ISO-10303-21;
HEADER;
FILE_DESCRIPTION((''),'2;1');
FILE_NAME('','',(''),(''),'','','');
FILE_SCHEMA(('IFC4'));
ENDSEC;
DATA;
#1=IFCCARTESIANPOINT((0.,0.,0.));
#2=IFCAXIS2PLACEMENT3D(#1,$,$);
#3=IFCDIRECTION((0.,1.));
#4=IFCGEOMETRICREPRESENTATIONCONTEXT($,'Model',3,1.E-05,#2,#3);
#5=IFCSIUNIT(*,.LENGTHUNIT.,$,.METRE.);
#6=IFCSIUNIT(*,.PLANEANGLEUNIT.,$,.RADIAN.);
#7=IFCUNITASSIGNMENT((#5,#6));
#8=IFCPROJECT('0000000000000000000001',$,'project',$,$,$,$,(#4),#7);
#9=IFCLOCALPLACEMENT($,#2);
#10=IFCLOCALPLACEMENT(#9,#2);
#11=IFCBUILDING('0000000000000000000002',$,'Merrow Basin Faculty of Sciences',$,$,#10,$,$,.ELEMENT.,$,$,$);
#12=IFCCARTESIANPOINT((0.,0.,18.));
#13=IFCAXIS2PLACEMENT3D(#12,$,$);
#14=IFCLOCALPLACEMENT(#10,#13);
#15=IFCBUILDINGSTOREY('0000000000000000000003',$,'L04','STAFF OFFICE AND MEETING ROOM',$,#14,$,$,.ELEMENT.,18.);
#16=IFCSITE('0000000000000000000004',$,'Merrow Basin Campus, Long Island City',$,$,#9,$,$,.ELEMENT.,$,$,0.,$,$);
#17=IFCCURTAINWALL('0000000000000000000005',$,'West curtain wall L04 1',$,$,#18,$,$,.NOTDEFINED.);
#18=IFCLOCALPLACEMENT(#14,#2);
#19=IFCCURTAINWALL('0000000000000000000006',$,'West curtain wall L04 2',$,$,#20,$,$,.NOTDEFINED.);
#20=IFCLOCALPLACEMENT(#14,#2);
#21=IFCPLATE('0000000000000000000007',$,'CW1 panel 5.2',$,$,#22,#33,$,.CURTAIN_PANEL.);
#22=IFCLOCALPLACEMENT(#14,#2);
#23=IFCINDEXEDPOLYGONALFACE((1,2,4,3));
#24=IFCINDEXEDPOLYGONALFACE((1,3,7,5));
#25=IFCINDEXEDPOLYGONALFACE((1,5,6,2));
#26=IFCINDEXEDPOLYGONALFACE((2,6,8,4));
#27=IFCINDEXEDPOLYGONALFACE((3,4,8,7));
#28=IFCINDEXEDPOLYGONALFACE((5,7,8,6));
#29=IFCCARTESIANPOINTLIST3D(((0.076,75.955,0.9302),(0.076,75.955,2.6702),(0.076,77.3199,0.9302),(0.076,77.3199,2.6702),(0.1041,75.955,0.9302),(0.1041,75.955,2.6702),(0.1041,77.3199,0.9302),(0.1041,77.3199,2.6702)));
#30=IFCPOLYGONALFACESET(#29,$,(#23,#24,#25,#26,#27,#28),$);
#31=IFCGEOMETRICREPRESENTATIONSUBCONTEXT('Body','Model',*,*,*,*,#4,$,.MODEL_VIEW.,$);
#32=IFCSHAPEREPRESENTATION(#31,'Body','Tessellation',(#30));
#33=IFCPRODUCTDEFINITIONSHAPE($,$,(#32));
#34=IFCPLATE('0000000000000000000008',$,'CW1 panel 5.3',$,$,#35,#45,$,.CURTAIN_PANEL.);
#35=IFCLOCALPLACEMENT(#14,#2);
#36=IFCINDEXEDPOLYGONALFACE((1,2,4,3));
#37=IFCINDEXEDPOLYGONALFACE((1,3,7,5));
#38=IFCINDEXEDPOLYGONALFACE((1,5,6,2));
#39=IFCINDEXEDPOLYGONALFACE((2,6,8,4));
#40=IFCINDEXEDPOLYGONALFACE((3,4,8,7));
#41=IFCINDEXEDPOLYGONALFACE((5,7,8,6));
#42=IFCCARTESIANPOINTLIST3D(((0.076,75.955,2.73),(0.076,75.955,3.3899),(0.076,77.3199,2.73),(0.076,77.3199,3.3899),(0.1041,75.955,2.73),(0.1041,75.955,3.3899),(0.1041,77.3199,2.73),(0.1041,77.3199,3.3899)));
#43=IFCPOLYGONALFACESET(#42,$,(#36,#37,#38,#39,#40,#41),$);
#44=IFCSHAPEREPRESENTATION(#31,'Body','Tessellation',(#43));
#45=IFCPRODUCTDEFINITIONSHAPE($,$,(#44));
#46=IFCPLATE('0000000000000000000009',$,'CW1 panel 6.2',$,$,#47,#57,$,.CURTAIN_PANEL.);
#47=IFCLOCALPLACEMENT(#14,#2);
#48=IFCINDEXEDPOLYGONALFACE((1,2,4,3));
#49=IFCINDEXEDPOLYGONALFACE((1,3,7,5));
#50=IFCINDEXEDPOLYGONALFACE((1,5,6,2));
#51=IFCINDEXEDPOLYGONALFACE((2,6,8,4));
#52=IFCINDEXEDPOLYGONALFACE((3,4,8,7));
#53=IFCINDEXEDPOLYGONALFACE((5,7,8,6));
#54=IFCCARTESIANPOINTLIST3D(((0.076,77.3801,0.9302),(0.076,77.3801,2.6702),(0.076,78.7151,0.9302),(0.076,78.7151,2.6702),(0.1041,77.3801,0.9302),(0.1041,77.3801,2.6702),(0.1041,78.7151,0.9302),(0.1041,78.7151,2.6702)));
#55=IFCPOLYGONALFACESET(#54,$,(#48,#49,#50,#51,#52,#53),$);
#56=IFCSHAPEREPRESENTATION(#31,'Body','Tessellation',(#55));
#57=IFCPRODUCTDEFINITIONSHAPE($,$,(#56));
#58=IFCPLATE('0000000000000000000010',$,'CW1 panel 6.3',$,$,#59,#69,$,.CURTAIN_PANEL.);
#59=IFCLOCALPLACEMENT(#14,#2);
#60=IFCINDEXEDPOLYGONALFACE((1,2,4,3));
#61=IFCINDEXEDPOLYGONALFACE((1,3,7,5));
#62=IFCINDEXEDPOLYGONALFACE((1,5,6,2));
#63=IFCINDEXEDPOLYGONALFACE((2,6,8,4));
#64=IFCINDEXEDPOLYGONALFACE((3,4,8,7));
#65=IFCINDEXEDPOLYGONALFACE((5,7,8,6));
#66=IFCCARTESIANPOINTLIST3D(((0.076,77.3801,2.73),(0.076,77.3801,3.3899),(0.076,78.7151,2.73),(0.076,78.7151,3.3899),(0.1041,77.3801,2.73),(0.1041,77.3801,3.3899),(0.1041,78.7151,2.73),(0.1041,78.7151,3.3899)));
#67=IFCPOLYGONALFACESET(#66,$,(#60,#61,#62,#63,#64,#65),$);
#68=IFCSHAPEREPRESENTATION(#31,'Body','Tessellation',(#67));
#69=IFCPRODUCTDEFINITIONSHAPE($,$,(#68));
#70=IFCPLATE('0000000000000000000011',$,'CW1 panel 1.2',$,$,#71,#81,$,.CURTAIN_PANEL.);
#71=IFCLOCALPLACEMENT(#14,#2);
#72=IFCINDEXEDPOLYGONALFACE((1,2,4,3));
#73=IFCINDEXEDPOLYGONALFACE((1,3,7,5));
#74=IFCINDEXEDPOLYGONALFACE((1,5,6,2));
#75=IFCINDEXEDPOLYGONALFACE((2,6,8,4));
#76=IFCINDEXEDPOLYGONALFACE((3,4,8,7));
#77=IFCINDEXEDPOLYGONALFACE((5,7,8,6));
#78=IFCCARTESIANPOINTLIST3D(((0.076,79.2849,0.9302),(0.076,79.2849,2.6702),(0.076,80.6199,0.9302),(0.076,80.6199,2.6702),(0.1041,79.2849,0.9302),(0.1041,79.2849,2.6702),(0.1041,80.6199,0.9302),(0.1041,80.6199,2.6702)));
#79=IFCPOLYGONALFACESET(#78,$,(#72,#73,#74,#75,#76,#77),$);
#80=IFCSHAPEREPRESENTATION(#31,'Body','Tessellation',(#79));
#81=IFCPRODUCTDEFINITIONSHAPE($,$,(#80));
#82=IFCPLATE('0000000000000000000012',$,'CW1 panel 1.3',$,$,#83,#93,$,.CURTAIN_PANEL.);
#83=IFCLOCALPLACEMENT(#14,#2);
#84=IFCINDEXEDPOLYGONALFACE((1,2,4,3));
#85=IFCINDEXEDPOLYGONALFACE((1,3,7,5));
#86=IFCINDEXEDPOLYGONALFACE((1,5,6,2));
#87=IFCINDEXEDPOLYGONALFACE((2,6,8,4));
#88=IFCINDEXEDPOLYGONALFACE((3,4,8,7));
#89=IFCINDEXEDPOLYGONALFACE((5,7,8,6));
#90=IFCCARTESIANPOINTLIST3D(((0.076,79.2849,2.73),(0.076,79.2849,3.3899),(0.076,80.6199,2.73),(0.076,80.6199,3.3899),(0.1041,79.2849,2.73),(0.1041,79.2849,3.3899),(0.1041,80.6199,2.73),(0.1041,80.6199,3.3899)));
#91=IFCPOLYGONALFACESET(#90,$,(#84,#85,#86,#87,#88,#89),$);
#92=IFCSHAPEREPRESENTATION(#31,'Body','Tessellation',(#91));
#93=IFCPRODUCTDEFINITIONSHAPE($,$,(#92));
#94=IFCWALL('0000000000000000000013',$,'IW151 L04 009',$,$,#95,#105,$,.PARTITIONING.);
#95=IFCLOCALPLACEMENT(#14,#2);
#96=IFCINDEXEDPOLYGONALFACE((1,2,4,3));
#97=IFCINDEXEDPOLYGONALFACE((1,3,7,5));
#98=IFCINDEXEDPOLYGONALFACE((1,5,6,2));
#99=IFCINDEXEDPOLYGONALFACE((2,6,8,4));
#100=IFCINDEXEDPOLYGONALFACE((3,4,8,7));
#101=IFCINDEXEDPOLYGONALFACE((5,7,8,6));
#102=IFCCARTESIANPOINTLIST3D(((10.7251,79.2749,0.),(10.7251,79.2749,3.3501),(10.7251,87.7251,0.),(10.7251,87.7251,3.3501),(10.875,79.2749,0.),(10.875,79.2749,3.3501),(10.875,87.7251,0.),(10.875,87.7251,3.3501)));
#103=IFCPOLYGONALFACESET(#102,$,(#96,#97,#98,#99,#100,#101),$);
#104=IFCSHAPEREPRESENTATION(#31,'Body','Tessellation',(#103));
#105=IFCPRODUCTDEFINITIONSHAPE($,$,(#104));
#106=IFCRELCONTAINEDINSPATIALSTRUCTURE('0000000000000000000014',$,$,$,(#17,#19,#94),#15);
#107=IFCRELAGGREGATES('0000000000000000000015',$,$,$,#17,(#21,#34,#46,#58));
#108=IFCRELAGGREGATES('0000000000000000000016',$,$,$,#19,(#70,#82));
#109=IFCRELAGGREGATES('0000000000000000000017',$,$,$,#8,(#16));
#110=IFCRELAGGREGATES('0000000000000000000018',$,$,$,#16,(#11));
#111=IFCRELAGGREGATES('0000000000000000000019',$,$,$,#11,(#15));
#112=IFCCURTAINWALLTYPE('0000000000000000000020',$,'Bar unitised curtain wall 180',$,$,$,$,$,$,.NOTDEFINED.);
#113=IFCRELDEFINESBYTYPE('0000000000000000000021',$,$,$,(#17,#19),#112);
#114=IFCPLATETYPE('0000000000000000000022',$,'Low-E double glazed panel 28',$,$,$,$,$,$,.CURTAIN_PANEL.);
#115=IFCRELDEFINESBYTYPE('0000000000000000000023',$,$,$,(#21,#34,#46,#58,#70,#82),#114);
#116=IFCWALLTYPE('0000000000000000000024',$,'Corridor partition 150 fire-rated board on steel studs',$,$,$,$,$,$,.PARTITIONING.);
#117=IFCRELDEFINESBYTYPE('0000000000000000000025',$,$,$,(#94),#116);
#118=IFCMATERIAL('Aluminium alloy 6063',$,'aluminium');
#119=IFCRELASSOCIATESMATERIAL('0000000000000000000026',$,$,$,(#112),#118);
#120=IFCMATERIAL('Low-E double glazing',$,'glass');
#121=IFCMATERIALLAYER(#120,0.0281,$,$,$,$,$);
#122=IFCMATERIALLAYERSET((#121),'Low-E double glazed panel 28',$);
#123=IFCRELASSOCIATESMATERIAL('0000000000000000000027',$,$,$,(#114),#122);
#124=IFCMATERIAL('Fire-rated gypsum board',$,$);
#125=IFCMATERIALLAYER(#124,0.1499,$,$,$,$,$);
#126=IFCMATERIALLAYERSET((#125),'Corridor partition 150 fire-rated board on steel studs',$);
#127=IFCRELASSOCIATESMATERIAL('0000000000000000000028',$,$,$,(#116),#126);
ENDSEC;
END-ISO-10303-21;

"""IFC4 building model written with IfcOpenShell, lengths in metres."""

from ifc_helpers import new_model, si_unit, direction, frame, frame_2d, origin, origin_2d, place, context, subcontext, project, spatial, rectangle, extrude, material, layer, layer_set, type_object, element, aggregate, save


model = new_model("IFC4")

# Units and contexts
model_context = context("Model", 3, precision=1e-05, world=origin(), true_north=direction((0.0, 1.0)))
body_context = subcontext(model_context, "Body", "Model", "MODEL_VIEW")
ifc_project = project(units=[si_unit("LENGTHUNIT", "METRE"), si_unit("PLANEANGLEUNIT", "RADIAN")], contexts=[model_context])

# Site, building, storey
site_placement = place(None, origin())
site = spatial("IfcSite", under=ifc_project, at=site_placement, Name="Merrow Basin Campus, Long Island City", CompositionType="ELEMENT", RefElevation=0.0)
building_placement = place(site_placement, origin())
building = spatial("IfcBuilding", under=site, at=building_placement, Name="Merrow Basin Faculty of Sciences", CompositionType="ELEMENT")
storey_placement = place(building_placement, frame((0.0, 0.0, 18.0)))
storey = spatial("IfcBuildingStorey", under=building, at=storey_placement, Name="L04", Description="STAFF OFFICE AND MEETING ROOM", CompositionType="ELEMENT", Elevation=18.0)

# Curtain walls
ifc_material_1 = material(Name="Aluminium alloy 6063", Category="aluminium")
curtain_wall_type = type_object("IfcCurtainWallType", Name="Bar unitised curtain wall 180", PredefinedType="NOTDEFINED", material=ifc_material_1)
curtain_wall_1_placement = place(storey_placement, origin())
curtain_wall_1 = element("IfcCurtainWall", 1, at=curtain_wall_1_placement, inside=storey, type_object=curtain_wall_type, Name="West curtain wall L04 1", PredefinedType="NOTDEFINED")
curtain_wall_2_placement = place(storey_placement, origin())
curtain_wall_2 = element("IfcCurtainWall", 2, at=curtain_wall_2_placement, inside=storey, type_object=curtain_wall_type, Name="West curtain wall L04 2", PredefinedType="NOTDEFINED")

# Plates
ifc_material_2 = material(Name="Low-E double glazing", Category="glass")
ifc_layer_1 = layer(ifc_material_2, 0.0281)
ifc_layer_set_1 = layer_set([ifc_layer_1], Name="Low-E double glazed panel 28")
plate_type_1 = type_object("IfcPlateType", Name="Low-E double glazed panel 28", PredefinedType="CURTAIN_PANEL", material=ifc_layer_set_1)
plate_1_placement = place(storey_placement, frame((0.0901, 76.6375, 0.9302), z_axis=(0.0, 0.0, 1.0), x_axis=(0.0, 1.0, 0.0)))
plate_1 = element("IfcPlate", 3, at=plate_1_placement, type_object=plate_type_1, Name="CW1 panel 5.2", PredefinedType="CURTAIN_PANEL", context=body_context, shape_type="SweptSolid", body=[
    extrude(rectangle(XDim=1.365, YDim=0.0281, at=origin_2d()), origin(), (0.0, 0.0, 1.0), 1.74),
])
plate_2_placement = place(storey_placement, frame((0.0901, 76.6375, 2.73), z_axis=(0.0, 0.0, 1.0), x_axis=(0.0, 1.0, 0.0)))
plate_2 = element("IfcPlate", 4, at=plate_2_placement, type_object=plate_type_1, Name="CW1 panel 5.3", PredefinedType="CURTAIN_PANEL", context=body_context, shape_type="SweptSolid", body=[
    extrude(rectangle(XDim=1.365, YDim=0.0281, at=origin_2d()), origin(), (0.0, 0.0, 1.0), 0.6599),
])
plate_3_placement = place(storey_placement, frame((0.0901, 78.0476, 0.9302), z_axis=(0.0, 0.0, 1.0), x_axis=(0.0, 1.0, 0.0)))
plate_3 = element("IfcPlate", 5, at=plate_3_placement, type_object=plate_type_1, Name="CW1 panel 6.2", PredefinedType="CURTAIN_PANEL", context=body_context, shape_type="SweptSolid", body=[
    extrude(rectangle(XDim=1.335, YDim=0.0281, at=origin_2d()), origin(), (0.0, 0.0, 1.0), 1.74),
])
plate_4_placement = place(storey_placement, frame((0.0901, 78.0476, 2.73), z_axis=(0.0, 0.0, 1.0), x_axis=(0.0, 1.0, 0.0)))
plate_4 = element("IfcPlate", 6, at=plate_4_placement, type_object=plate_type_1, Name="CW1 panel 6.3", PredefinedType="CURTAIN_PANEL", context=body_context, shape_type="SweptSolid", body=[
    extrude(rectangle(XDim=1.335, YDim=0.0281, at=origin_2d()), origin(), (0.0, 0.0, 1.0), 0.6599),
])
aggregate(curtain_wall_1, [plate_1, plate_2, plate_3, plate_4])
plate_5_placement = place(storey_placement, frame((0.0901, 79.9524, 0.9302), z_axis=(0.0, 0.0, 1.0), x_axis=(0.0, 1.0, 0.0)))
plate_5 = element("IfcPlate", 7, at=plate_5_placement, type_object=plate_type_1, Name="CW1 panel 1.2", PredefinedType="CURTAIN_PANEL", context=body_context, shape_type="SweptSolid", body=[
    extrude(rectangle(XDim=1.335, YDim=0.0281, at=origin_2d()), origin(), (0.0, 0.0, 1.0), 1.74),
])
plate_6_placement = place(storey_placement, frame((0.0901, 79.9524, 2.73), z_axis=(0.0, 0.0, 1.0), x_axis=(0.0, 1.0, 0.0)))
plate_6 = element("IfcPlate", 8, at=plate_6_placement, type_object=plate_type_1, Name="CW1 panel 1.3", PredefinedType="CURTAIN_PANEL", context=body_context, shape_type="SweptSolid", body=[
    extrude(rectangle(XDim=1.335, YDim=0.0281, at=origin_2d()), origin(), (0.0, 0.0, 1.0), 0.6599),
])
aggregate(curtain_wall_2, [plate_5, plate_6])

# Wall
ifc_material_3 = material(Name="Fire-rated gypsum board")
ifc_layer_2 = layer(ifc_material_3, 0.1499)
ifc_layer_set_2 = layer_set([ifc_layer_2], Name="Corridor partition 150 fire-rated board on steel studs")
wall_type = type_object("IfcWallType", Name="Corridor partition 150 fire-rated board on steel studs", PredefinedType="PARTITIONING", material=ifc_layer_set_2)
wall_placement = place(storey_placement, frame((10.8, 79.2749, 0.0), z_axis=(0.0, 0.0, 1.0), x_axis=(0.0, 1.0, 0.0)))
element("IfcWall", 9, at=wall_placement, inside=storey, type_object=wall_type, Name="IW151 L04 009", PredefinedType="PARTITIONING", context=body_context, shape_type="SweptSolid", body=[
    extrude(rectangle(XDim=8.4502, YDim=0.1499, at=frame_2d((4.2251, 0.0))), origin(), (0.0, 0.0, 1.0), 3.3501),
])

save(model, "model.ifc")
